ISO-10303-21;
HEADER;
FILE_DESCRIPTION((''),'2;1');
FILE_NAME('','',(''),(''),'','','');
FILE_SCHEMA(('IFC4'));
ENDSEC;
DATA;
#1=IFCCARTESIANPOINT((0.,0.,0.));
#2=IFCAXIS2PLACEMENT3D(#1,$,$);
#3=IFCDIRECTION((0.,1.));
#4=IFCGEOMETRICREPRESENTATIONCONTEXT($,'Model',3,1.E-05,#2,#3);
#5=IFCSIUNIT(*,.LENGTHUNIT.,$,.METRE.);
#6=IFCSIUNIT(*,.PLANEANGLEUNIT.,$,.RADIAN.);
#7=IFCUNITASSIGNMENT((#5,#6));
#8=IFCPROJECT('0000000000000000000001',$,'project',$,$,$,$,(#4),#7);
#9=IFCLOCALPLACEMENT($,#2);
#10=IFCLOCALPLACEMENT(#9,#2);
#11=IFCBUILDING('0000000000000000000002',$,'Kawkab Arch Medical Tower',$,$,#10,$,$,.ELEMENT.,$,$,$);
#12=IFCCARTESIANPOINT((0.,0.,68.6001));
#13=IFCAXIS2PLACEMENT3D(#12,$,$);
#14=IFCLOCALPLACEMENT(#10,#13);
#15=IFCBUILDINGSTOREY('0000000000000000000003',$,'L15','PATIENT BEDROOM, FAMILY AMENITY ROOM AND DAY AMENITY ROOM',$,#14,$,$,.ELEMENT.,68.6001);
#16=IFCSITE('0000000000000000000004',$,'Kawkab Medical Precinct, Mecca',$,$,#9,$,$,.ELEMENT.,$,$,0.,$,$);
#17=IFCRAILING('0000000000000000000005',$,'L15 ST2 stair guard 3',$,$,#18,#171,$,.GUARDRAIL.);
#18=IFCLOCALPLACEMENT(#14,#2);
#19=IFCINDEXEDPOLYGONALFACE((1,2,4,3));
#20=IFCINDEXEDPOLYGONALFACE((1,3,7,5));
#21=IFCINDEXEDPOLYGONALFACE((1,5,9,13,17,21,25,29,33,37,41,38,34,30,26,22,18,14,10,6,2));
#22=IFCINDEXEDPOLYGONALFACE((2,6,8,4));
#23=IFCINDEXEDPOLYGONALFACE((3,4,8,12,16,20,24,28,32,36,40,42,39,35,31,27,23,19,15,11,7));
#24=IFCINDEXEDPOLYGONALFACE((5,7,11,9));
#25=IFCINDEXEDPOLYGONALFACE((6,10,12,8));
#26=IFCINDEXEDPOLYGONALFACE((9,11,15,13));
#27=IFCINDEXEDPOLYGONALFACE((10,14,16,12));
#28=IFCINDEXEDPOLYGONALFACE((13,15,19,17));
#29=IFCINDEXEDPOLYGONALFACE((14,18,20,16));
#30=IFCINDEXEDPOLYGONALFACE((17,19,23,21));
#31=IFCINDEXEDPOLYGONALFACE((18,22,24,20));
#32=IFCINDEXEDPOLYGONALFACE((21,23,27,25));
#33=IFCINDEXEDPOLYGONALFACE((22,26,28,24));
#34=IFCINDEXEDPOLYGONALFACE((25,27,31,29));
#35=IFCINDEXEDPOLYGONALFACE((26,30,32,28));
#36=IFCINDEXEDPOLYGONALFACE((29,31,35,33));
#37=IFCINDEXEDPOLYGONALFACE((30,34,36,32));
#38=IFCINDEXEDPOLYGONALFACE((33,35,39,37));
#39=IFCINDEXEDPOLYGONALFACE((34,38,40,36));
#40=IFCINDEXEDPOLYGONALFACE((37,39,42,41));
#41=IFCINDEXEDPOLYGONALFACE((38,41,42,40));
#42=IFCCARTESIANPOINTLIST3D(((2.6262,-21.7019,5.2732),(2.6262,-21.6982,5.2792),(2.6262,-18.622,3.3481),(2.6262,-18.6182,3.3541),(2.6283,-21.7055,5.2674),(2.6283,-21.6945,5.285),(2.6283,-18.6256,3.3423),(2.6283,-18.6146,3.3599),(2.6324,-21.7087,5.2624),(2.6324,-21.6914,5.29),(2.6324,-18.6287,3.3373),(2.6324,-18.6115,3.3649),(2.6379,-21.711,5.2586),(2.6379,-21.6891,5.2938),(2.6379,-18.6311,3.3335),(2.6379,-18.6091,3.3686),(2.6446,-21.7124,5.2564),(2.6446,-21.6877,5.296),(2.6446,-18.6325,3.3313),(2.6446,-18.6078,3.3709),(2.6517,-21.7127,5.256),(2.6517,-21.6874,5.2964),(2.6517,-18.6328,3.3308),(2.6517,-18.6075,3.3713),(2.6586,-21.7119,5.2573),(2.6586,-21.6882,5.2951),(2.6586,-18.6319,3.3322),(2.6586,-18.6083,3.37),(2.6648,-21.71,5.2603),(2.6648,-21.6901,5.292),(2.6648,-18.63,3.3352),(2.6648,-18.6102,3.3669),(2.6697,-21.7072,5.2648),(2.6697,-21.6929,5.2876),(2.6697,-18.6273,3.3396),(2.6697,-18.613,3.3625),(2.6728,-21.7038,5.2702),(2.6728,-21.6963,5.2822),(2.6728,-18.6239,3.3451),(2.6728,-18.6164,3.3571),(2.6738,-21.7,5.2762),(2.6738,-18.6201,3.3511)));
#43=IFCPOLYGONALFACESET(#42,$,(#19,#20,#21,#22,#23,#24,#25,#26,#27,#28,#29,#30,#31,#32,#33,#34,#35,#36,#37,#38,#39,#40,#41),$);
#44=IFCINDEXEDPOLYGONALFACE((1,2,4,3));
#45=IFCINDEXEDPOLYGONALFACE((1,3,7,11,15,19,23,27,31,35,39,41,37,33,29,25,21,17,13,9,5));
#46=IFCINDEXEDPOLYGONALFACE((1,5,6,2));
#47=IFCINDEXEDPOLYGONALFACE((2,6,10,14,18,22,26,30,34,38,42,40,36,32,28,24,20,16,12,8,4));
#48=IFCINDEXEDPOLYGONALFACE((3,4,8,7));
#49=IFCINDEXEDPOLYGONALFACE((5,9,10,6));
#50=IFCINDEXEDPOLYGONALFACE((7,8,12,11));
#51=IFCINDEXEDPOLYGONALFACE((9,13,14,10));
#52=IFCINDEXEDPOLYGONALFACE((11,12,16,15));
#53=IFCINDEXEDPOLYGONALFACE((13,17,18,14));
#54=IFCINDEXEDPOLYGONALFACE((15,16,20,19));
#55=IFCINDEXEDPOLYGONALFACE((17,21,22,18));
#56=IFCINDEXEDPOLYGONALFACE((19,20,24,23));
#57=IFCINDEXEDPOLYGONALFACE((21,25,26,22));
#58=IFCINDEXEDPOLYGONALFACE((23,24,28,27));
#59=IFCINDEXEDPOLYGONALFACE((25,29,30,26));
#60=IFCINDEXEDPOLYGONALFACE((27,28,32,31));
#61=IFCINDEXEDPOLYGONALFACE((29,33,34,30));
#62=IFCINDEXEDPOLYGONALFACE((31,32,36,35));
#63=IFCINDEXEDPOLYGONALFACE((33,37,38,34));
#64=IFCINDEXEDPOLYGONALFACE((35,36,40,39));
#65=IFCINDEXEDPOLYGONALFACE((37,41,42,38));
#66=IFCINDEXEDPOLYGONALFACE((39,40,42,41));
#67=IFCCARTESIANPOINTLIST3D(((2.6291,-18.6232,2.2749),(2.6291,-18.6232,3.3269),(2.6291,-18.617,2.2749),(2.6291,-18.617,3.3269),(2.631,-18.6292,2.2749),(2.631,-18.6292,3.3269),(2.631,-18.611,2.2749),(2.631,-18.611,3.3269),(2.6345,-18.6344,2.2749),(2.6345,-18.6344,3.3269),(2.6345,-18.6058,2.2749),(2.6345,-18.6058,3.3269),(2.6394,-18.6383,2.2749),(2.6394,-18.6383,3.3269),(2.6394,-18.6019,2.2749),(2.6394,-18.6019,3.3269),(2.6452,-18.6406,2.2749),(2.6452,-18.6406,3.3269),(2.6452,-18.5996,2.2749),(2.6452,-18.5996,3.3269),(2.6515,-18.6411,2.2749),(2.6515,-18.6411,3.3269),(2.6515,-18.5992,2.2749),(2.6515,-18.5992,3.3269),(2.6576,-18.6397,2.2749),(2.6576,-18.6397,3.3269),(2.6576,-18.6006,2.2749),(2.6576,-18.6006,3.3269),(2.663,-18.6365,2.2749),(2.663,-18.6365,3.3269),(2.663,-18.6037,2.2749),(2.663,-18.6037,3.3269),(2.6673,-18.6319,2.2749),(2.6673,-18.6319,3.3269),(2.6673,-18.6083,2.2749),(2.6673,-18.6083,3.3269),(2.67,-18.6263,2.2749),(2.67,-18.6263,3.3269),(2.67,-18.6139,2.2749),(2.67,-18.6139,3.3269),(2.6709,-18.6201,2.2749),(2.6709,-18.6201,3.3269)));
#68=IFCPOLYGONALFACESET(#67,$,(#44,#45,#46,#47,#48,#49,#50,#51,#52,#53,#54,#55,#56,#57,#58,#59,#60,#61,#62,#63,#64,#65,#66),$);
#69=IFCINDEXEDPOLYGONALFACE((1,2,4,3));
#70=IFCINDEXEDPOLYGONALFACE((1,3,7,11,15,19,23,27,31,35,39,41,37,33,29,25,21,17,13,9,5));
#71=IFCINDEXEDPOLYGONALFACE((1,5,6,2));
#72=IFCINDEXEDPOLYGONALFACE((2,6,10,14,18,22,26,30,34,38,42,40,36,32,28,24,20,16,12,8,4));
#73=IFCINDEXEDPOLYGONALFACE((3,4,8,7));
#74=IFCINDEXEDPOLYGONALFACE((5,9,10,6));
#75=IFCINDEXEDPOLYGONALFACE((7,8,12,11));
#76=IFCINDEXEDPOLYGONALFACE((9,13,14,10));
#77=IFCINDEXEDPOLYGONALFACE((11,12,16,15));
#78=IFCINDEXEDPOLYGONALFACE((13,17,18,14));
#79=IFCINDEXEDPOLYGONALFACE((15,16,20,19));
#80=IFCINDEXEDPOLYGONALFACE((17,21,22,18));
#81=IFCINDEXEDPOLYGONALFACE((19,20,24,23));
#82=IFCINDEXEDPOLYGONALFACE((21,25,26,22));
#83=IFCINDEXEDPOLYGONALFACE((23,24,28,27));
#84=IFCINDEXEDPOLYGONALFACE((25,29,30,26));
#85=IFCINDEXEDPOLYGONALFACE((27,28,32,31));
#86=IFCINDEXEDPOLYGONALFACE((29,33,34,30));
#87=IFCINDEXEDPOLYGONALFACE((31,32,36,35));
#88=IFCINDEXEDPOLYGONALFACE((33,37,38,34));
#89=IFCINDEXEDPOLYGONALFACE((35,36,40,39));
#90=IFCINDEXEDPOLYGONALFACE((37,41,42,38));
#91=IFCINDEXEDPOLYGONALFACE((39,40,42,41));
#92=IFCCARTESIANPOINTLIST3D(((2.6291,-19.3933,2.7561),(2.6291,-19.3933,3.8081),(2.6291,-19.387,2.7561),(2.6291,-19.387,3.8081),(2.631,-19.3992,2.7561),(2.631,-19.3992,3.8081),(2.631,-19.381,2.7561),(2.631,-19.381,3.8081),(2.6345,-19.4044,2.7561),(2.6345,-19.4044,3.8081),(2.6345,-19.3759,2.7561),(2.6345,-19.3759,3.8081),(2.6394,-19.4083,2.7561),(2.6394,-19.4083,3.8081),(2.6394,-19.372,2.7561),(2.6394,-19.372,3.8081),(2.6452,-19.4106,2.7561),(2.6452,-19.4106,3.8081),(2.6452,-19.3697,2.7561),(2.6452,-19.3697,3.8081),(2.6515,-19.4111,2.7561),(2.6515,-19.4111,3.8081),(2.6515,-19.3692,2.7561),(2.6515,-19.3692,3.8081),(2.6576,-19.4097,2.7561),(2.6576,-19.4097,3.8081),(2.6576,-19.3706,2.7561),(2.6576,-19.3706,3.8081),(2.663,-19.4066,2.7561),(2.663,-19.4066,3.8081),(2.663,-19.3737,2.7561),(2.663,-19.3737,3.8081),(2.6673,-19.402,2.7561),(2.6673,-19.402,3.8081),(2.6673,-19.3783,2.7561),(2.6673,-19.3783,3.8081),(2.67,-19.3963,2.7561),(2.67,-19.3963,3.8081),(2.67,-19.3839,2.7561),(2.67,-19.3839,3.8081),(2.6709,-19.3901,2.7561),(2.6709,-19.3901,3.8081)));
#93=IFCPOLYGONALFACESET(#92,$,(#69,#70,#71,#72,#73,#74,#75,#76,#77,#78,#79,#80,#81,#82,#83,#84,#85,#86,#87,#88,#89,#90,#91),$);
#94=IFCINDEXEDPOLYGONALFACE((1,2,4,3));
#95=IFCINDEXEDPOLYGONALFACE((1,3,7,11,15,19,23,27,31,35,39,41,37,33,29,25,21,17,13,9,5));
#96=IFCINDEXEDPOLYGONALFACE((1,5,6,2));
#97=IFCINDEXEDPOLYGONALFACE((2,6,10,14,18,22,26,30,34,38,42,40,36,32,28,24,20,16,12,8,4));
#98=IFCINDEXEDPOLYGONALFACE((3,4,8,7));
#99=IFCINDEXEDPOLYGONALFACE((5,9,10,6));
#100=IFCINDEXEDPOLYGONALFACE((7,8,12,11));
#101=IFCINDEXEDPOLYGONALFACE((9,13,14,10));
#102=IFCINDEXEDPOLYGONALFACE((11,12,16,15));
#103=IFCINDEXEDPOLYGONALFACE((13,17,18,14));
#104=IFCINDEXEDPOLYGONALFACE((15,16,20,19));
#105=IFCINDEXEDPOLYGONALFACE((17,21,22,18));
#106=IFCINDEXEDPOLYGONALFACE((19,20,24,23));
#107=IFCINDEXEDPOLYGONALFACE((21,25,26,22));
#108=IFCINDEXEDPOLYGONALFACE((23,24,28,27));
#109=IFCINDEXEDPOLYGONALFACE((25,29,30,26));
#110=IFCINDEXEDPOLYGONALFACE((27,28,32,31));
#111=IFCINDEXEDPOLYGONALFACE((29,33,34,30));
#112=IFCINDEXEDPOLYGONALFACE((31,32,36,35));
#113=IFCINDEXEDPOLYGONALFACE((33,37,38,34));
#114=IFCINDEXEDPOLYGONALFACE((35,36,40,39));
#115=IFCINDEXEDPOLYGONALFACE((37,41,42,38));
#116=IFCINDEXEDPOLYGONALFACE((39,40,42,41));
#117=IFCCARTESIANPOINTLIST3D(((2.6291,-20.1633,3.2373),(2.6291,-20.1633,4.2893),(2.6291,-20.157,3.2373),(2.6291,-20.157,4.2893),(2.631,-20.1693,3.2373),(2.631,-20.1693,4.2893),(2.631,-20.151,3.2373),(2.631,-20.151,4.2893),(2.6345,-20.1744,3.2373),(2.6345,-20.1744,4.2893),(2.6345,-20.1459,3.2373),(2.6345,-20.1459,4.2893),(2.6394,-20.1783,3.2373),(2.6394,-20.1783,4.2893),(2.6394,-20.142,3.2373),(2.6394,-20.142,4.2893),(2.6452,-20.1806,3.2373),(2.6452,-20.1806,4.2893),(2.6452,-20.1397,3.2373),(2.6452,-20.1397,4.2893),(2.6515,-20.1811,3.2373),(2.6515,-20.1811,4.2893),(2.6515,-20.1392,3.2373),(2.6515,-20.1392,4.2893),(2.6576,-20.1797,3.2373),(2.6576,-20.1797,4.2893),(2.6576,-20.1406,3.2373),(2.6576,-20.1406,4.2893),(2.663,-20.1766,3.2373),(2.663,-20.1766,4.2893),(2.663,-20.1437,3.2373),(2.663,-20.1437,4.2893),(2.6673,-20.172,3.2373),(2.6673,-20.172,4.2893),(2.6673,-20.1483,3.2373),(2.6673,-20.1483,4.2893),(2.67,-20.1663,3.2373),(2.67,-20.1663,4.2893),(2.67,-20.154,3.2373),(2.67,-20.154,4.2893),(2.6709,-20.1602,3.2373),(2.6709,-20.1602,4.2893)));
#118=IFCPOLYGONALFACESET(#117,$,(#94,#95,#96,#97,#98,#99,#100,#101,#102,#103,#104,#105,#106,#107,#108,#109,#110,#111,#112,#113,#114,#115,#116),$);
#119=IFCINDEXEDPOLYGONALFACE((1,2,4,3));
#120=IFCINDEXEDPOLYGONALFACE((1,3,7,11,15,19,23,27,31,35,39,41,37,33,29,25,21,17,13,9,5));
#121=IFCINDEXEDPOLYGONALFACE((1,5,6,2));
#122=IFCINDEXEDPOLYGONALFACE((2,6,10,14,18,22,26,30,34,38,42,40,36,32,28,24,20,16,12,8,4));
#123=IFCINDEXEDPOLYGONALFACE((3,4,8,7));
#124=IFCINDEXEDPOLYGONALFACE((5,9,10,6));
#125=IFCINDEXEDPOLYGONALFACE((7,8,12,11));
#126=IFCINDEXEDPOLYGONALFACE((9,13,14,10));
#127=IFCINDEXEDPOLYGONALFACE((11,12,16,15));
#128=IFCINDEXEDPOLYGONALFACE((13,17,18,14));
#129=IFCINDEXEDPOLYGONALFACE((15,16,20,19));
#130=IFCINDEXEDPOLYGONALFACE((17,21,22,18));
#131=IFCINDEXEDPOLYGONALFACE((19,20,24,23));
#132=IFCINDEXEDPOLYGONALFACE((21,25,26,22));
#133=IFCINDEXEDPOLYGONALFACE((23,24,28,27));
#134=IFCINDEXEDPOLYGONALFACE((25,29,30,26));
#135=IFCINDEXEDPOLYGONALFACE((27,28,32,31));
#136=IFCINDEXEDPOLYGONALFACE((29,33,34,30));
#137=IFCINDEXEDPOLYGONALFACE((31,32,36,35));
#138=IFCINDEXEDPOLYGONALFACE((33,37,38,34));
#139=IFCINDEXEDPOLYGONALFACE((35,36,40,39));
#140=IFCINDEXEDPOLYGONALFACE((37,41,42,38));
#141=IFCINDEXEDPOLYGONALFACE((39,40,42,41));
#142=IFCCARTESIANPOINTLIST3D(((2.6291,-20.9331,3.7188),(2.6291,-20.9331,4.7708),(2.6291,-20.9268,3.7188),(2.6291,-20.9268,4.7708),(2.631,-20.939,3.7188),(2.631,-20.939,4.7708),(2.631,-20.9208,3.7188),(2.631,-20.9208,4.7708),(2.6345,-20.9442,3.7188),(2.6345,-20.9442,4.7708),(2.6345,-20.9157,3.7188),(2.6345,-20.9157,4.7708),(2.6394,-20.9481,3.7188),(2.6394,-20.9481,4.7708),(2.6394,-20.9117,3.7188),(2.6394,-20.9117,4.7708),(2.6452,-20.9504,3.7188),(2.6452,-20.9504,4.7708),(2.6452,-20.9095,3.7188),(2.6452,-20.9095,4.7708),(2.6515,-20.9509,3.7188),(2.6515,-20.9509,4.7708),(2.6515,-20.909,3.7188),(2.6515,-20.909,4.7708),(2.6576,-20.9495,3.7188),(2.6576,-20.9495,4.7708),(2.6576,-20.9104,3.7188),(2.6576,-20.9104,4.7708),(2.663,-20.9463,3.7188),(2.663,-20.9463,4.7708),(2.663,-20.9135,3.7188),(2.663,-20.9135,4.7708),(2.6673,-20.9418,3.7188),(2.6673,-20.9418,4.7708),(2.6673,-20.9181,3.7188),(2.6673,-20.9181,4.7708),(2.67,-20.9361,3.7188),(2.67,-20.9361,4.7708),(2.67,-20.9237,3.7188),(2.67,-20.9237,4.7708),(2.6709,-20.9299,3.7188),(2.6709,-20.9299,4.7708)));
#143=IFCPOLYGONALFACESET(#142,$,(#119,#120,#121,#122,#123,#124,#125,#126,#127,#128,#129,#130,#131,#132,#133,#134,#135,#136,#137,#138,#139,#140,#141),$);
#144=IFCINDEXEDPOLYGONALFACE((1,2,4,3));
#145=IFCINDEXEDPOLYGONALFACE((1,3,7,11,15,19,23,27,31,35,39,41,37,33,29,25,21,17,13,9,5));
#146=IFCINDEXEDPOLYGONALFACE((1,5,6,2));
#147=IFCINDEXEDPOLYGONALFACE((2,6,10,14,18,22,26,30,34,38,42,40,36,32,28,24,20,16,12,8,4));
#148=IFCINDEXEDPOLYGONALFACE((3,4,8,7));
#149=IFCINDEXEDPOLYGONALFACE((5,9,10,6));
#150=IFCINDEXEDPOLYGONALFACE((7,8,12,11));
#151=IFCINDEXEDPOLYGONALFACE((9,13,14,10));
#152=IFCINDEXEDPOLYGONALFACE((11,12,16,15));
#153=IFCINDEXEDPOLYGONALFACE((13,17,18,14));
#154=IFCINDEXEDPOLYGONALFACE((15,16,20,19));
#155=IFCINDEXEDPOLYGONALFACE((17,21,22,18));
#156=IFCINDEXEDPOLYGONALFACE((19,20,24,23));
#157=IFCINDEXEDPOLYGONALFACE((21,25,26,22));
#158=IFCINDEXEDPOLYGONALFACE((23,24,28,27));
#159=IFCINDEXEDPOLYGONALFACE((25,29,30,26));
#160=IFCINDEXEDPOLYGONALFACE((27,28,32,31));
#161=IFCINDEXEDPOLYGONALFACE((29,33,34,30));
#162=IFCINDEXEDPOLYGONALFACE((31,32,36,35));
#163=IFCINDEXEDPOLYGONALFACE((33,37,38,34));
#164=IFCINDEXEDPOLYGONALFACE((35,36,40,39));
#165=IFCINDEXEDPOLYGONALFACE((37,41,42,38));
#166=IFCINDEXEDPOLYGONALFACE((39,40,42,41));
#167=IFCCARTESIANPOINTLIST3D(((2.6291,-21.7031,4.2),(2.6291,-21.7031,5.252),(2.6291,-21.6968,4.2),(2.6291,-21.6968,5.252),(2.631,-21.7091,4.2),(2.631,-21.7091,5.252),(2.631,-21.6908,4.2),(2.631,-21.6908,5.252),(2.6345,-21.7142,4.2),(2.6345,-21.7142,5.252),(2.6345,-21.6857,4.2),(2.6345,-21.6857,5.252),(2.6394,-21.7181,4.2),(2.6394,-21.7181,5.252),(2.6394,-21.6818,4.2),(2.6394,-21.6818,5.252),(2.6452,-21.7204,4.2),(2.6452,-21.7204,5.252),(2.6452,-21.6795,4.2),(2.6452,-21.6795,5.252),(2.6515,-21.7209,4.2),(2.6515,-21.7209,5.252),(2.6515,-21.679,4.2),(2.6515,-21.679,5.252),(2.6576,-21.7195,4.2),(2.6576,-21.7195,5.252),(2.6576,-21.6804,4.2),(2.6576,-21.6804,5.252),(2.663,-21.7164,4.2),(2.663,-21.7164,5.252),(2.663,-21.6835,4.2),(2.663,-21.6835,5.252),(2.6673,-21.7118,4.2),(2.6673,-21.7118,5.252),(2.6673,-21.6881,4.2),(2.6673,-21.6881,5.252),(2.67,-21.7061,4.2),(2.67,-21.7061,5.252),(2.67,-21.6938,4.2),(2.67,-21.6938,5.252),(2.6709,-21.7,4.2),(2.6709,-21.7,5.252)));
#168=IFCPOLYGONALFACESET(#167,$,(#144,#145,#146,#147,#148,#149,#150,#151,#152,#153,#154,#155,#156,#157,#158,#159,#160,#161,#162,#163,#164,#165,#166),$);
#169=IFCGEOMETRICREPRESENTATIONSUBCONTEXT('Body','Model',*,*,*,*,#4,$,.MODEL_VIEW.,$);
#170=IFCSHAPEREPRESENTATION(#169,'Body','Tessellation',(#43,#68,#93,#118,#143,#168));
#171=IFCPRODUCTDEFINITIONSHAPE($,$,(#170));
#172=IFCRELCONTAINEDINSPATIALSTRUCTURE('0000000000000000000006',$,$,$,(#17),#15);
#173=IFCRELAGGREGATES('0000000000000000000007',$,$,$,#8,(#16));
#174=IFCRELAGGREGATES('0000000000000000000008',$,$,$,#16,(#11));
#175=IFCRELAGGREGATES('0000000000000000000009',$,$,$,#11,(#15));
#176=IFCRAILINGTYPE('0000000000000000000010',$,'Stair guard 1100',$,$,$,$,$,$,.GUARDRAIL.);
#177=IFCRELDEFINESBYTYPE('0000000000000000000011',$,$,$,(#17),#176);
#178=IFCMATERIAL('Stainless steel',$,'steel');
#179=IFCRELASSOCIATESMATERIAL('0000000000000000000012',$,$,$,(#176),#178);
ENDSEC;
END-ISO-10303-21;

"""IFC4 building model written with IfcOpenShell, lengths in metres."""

from ifc_helpers import new_model, si_unit, direction, frame, origin, origin_2d, place, context, subcontext, project, spatial, circle, extrude, material, type_object, element, save


model = new_model("IFC4")

# Units and contexts
model_context = context("Model", 3, precision=1e-05, world=origin(), true_north=direction((0.0, 1.0)))
body_context = subcontext(model_context, "Body", "Model", "MODEL_VIEW")
ifc_project = project(units=[si_unit("LENGTHUNIT", "METRE"), si_unit("PLANEANGLEUNIT", "RADIAN")], contexts=[model_context])

# Site, building, storey
site_placement = place(None, origin())
site = spatial("IfcSite", under=ifc_project, at=site_placement, Name="Kawkab Medical Precinct, Mecca", CompositionType="ELEMENT", RefElevation=0.0)
building_placement = place(site_placement, origin())
building = spatial("IfcBuilding", under=site, at=building_placement, Name="Kawkab Arch Medical Tower", CompositionType="ELEMENT")
storey_placement = place(building_placement, frame((0.0, 0.0, 68.6001)))
storey = spatial("IfcBuildingStorey", under=building, at=storey_placement, Name="L15", Description="PATIENT BEDROOM, FAMILY AMENITY ROOM AND DAY AMENITY ROOM", CompositionType="ELEMENT", Elevation=68.6001)

# Railing
ifc_material_1 = material(Name="Stainless steel", Category="steel")
railing_type_1 = type_object("IfcRailingType", Name="Stair guard 1100", PredefinedType="GUARDRAIL", material=ifc_material_1)
railing_1_placement = place(storey_placement, frame((2.6499, -18.6201, 2.2749)))
element("IfcRailing", 1, at=railing_1_placement, inside=storey, type_object=railing_type_1, Name="L15 ST2 stair guard 3", PredefinedType="GUARDRAIL", context=body_context, shape_type="SweptSolid", body=[
    extrude(circle(Radius=0.0239, at=origin_2d()), frame((0.0, 0.0, 1.0762), z_axis=(0.0, -0.847979, 0.530029), x_axis=(1.0, 0.0, 0.0)), (0.0, 0.0, 1.0), 3.6321),
    extrude(circle(Radius=0.021, at=origin_2d()), origin(), (0.0, 0.0, 1.0), 1.052),
    extrude(circle(Radius=0.021, at=origin_2d()), frame((0.0, -0.77, 0.4812)), (0.0, 0.0, 1.0), 1.052),
    extrude(circle(Radius=0.021, at=origin_2d()), frame((0.0, -1.54, 0.9624)), (0.0, 0.0, 1.0), 1.052),
    extrude(circle(Radius=0.021, at=origin_2d()), frame((0.0, -2.3098, 1.4438)), (0.0, 0.0, 1.0), 1.052),
    extrude(circle(Radius=0.021, at=origin_2d()), frame((0.0, -3.0798, 1.925)), (0.0, 0.0, 1.0), 1.052),
])

save(model, "model.ifc")
